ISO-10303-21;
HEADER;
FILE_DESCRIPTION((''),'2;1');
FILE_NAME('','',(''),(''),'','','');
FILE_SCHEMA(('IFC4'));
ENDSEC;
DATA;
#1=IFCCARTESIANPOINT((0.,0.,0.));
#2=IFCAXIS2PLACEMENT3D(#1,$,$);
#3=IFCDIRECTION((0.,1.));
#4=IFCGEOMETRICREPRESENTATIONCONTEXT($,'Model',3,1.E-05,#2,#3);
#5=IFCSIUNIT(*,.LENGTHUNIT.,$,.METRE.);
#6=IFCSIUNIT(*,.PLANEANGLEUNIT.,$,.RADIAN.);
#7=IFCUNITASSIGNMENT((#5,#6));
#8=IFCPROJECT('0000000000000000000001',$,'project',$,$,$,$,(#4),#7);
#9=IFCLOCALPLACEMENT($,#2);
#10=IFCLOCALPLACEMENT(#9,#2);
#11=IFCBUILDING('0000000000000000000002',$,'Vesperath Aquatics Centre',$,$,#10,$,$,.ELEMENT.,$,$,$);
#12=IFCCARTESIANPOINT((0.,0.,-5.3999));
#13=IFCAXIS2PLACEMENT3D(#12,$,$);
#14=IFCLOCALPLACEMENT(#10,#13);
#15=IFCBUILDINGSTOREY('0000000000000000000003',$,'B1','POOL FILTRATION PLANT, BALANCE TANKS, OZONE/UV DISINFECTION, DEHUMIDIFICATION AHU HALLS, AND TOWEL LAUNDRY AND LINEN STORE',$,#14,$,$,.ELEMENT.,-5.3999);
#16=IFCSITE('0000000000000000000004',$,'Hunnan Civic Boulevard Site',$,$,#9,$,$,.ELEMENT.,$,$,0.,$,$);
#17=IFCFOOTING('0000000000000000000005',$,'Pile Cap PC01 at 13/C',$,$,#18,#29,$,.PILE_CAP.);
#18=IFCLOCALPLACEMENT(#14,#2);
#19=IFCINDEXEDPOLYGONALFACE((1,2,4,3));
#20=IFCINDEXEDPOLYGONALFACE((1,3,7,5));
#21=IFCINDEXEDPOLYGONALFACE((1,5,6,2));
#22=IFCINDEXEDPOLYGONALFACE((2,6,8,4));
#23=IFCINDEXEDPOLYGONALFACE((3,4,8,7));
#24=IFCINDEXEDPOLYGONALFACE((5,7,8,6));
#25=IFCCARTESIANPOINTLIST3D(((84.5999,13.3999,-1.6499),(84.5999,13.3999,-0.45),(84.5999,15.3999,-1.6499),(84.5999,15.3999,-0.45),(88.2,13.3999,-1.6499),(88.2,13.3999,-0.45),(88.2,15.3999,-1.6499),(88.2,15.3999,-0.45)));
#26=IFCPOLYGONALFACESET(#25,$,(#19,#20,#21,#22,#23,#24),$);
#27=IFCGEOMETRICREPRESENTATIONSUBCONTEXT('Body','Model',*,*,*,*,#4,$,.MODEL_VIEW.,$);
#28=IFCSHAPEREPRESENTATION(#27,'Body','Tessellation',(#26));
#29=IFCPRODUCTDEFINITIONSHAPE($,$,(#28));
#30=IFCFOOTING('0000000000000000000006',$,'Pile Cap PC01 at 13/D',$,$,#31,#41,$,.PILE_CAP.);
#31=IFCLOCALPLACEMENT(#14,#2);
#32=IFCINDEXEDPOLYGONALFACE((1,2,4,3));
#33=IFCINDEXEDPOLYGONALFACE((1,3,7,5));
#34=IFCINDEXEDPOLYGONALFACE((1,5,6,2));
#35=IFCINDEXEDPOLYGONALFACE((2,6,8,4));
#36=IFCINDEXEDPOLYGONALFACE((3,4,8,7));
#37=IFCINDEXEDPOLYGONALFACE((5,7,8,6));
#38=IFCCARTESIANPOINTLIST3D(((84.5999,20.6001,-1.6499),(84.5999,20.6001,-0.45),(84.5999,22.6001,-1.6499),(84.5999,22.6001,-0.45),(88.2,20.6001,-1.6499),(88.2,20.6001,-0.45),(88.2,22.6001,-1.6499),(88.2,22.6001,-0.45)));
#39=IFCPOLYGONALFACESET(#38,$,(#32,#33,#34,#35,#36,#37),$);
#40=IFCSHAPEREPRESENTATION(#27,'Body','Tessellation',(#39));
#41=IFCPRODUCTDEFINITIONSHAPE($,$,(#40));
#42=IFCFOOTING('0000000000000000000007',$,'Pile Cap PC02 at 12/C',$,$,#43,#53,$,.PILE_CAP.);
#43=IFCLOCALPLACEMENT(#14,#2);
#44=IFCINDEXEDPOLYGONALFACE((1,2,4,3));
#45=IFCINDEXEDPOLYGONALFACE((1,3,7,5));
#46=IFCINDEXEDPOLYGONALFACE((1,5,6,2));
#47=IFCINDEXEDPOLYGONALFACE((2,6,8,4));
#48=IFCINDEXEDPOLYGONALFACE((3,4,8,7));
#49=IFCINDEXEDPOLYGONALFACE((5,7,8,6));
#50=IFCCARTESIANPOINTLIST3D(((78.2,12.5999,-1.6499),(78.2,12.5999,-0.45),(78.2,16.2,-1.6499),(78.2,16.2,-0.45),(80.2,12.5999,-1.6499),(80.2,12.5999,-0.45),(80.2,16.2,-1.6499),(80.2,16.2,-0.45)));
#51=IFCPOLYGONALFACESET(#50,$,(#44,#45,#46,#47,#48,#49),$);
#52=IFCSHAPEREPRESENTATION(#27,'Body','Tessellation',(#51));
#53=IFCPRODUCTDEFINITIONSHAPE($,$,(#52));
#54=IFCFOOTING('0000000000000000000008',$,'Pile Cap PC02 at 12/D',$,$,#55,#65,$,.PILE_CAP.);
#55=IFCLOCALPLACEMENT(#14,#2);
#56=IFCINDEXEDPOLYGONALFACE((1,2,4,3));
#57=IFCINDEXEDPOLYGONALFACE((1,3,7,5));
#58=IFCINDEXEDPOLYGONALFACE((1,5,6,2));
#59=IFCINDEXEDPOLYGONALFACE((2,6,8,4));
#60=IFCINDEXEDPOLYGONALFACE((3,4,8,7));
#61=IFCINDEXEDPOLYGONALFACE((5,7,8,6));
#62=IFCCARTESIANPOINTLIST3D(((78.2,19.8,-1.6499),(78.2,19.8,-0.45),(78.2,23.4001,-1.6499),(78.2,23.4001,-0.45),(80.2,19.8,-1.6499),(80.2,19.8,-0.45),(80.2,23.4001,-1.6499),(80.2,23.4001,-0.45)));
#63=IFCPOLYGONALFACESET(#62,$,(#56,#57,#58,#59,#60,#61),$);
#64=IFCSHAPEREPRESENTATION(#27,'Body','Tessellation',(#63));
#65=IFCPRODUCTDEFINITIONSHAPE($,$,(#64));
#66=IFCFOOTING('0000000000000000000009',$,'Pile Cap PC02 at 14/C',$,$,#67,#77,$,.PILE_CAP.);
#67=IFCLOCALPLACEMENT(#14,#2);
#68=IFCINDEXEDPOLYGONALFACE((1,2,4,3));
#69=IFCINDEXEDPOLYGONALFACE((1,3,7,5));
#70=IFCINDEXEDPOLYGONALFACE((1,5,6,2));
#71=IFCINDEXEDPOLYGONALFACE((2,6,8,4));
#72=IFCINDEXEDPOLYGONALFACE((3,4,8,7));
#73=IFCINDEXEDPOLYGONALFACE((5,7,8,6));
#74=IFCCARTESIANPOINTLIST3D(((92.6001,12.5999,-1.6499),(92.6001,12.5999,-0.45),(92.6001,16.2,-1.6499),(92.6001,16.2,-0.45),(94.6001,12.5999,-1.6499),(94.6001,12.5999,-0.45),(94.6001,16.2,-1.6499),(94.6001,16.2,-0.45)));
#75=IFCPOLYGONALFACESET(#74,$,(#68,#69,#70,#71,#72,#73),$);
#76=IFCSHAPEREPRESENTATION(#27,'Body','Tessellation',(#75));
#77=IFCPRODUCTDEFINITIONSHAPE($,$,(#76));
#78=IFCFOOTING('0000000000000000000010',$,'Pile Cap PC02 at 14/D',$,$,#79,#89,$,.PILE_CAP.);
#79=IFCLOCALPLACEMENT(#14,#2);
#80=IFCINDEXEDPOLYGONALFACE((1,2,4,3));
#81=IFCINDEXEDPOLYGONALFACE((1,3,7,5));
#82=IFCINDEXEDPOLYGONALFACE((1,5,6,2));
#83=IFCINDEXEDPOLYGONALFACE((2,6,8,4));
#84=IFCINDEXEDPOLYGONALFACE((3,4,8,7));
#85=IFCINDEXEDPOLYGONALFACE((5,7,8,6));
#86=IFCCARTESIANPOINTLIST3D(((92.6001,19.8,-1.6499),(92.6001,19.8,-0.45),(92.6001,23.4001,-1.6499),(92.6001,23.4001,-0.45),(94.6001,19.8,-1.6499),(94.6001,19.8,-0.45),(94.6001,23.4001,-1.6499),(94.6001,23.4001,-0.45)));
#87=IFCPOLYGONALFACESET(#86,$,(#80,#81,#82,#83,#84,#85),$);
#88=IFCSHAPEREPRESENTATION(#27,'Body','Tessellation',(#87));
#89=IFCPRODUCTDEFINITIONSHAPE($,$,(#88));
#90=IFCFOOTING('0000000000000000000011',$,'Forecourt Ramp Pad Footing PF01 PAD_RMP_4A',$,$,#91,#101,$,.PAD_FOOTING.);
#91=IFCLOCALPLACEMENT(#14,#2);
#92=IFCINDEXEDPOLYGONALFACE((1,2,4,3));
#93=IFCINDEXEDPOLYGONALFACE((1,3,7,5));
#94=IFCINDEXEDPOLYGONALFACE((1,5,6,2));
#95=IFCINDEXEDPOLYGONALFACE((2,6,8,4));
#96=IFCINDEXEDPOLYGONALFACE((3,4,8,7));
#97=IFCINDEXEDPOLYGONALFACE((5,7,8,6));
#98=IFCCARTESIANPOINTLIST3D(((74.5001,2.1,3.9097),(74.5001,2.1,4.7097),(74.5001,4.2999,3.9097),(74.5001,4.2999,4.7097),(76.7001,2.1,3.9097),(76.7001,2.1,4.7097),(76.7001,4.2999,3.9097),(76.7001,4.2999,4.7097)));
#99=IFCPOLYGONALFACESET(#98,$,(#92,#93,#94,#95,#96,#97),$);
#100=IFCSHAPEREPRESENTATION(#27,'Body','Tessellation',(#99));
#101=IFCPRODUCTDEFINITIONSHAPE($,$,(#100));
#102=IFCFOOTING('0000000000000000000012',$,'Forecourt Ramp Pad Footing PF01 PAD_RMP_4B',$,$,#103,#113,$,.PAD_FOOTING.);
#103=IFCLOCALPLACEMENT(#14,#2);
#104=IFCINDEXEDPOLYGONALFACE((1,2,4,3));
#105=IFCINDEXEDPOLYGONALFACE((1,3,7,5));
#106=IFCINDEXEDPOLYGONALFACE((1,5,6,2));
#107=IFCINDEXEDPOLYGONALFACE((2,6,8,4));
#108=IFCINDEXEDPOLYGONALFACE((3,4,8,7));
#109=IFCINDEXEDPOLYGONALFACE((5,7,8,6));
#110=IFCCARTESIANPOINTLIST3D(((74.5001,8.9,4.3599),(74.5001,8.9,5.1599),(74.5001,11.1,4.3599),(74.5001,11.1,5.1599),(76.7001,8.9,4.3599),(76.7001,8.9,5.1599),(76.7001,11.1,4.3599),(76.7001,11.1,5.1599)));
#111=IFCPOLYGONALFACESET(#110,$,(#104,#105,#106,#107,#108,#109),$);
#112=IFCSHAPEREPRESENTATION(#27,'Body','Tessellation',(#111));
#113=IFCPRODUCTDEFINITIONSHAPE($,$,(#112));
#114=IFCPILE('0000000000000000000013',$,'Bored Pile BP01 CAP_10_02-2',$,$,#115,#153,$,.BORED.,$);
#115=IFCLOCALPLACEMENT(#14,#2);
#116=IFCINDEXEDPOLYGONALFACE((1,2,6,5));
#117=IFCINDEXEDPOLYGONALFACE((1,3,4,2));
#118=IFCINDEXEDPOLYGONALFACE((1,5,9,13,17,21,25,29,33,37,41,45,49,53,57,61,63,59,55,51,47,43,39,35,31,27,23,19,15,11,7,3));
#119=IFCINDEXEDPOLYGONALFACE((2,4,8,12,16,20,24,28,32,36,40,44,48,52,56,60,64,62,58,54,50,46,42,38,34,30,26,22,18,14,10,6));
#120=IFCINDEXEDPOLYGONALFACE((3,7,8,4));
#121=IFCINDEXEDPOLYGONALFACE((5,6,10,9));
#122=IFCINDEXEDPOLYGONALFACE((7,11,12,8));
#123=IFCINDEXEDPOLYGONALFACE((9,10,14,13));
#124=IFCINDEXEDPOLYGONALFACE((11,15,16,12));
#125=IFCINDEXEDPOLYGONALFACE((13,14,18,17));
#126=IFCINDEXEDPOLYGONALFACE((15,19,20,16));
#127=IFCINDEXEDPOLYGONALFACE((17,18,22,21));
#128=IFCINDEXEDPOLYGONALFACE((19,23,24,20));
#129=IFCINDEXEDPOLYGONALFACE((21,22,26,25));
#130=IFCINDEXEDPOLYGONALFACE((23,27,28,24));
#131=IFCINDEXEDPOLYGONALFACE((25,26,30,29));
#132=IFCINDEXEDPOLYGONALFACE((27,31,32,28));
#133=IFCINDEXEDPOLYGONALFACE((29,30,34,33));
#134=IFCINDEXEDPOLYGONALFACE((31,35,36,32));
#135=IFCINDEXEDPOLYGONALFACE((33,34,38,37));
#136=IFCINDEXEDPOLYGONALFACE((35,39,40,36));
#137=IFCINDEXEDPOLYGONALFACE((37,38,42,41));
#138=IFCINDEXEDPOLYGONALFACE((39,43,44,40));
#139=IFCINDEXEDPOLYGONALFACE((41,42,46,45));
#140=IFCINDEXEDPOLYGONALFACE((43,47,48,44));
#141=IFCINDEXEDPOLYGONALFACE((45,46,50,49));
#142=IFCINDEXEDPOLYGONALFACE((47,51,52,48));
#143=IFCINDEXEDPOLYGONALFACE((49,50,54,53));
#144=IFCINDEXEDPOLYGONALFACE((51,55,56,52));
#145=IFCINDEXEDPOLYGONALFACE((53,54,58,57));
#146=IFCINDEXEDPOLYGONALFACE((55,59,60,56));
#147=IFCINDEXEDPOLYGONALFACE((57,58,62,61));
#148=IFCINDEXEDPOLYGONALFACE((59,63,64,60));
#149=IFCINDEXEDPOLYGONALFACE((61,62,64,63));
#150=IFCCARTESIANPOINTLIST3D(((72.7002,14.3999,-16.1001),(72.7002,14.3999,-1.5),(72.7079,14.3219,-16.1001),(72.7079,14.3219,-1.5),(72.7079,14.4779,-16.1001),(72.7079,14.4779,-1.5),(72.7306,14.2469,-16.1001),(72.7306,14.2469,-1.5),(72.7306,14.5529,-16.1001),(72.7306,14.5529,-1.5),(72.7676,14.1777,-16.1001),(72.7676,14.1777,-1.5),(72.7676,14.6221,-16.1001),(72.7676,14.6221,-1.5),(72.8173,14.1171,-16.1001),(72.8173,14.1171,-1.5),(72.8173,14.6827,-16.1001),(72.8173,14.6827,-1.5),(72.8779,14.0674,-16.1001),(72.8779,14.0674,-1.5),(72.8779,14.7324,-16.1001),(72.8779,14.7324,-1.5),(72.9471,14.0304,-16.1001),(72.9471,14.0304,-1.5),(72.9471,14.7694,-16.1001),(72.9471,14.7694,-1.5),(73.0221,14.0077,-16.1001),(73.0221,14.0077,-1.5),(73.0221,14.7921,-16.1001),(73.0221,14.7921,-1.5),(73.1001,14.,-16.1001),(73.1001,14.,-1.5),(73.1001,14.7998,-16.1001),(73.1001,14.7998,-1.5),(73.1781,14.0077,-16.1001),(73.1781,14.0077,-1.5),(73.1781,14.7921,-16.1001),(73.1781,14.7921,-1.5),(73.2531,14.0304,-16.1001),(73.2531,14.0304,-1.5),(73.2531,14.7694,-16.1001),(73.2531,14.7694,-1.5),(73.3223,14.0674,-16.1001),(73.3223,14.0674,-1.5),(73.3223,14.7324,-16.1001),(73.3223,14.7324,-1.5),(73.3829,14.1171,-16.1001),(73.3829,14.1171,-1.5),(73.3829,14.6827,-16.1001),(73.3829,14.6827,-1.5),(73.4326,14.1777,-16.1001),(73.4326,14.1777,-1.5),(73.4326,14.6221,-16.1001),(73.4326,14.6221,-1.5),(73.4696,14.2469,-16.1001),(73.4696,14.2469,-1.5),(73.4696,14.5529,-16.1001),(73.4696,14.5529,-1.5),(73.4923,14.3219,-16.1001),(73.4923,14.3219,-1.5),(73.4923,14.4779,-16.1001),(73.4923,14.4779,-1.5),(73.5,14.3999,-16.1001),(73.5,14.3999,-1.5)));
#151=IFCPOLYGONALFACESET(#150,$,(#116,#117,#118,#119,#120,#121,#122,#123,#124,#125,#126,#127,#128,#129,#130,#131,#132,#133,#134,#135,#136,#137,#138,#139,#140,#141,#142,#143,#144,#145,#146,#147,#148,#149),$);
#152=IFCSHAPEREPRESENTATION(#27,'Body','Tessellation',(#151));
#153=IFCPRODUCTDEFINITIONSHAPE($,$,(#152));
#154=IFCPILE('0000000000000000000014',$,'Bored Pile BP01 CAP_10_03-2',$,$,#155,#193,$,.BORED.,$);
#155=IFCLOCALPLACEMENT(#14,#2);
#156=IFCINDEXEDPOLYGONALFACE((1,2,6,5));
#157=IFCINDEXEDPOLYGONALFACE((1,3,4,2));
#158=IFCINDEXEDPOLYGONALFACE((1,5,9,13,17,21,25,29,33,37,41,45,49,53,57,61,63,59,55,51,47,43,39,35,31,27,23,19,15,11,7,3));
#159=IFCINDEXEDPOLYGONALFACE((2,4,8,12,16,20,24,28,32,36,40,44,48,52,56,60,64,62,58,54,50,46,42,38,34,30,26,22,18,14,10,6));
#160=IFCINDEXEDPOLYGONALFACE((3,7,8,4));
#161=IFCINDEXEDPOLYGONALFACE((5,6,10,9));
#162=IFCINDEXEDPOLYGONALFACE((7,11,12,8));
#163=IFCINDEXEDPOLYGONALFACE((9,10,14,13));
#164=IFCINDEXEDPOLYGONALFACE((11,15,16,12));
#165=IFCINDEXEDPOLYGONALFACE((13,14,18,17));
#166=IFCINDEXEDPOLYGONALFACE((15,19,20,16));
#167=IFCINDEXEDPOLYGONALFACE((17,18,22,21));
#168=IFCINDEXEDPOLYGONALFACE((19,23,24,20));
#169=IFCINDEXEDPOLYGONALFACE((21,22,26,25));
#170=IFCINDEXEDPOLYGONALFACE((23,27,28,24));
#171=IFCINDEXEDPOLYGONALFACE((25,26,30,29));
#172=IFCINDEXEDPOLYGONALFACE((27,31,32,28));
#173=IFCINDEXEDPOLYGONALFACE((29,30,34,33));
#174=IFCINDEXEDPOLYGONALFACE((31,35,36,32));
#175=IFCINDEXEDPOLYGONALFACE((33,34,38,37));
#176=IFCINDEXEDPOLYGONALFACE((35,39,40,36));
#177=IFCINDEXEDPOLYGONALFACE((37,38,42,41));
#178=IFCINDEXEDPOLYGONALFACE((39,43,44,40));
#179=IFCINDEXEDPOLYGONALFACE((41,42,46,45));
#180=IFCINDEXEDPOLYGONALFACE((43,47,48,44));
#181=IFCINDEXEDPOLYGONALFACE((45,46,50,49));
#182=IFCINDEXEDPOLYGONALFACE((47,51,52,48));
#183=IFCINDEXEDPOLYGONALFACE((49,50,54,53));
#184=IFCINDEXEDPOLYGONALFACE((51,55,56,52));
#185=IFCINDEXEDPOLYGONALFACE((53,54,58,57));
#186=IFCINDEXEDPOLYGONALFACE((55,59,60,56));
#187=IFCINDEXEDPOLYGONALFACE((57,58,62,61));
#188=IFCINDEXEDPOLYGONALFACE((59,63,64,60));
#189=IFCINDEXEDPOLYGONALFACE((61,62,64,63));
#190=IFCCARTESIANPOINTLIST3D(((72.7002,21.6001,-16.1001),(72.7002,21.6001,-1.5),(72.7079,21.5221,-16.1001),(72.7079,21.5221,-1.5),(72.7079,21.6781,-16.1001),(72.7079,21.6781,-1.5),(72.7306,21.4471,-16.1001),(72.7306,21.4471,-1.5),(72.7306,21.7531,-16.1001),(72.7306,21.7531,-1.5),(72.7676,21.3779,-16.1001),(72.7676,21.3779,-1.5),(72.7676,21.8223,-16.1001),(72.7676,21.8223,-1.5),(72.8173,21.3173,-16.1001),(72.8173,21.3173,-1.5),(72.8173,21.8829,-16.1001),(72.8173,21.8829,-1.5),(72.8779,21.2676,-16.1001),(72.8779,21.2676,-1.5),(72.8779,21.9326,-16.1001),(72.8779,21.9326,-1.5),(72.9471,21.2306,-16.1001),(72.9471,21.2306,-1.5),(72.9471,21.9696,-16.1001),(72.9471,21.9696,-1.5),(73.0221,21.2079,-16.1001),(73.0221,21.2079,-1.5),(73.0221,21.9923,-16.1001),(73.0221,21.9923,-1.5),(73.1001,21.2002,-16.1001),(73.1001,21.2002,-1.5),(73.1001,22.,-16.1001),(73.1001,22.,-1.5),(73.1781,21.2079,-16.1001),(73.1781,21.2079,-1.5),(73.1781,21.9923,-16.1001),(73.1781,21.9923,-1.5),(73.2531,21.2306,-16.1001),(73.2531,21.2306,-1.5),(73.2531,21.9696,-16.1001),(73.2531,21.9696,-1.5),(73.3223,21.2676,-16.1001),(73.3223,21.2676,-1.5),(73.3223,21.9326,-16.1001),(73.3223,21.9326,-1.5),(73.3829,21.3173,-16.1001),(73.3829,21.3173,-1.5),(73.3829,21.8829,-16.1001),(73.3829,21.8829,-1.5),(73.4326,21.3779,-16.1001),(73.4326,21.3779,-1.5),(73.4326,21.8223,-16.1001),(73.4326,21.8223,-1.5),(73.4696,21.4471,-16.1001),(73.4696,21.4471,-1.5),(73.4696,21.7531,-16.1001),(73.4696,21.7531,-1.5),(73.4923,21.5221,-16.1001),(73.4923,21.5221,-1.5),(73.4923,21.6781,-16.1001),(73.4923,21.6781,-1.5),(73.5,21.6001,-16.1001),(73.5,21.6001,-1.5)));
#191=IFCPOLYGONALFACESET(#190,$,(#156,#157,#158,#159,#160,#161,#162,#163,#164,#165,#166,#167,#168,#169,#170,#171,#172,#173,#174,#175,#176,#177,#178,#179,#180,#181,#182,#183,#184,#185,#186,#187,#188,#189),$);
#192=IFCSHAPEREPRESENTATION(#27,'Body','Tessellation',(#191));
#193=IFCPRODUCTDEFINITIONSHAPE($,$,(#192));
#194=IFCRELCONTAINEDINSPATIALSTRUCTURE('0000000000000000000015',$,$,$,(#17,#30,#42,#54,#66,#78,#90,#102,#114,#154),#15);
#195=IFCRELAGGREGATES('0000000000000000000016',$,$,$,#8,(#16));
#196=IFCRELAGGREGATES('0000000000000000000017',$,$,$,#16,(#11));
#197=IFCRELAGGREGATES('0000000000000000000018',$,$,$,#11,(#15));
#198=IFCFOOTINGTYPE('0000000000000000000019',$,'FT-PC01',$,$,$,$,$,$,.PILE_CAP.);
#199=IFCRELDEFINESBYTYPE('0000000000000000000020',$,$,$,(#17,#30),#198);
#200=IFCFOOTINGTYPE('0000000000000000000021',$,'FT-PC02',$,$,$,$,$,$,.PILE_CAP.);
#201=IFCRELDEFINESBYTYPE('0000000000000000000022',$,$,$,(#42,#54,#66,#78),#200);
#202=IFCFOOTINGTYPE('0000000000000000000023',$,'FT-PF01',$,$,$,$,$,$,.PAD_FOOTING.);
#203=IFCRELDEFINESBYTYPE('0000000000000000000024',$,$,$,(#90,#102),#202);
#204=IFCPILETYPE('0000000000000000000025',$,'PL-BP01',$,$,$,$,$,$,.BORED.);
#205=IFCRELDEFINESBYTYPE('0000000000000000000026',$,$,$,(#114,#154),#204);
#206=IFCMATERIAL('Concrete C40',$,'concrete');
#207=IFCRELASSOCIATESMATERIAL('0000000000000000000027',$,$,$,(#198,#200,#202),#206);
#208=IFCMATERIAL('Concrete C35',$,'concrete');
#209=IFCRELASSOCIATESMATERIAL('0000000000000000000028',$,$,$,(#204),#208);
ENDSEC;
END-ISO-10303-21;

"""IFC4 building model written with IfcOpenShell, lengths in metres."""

from ifc_helpers import new_model, si_unit, direction, frame, origin, origin_2d, place, context, subcontext, project, spatial, rectangle, circle, extrude, material, material_profile, profile_set, type_object, element, save


model = new_model("IFC4")

# Units and contexts
model_context = context("Model", 3, precision=1e-05, world=origin(), true_north=direction((0.0, 1.0)))
body_context = subcontext(model_context, "Body", "Model", "MODEL_VIEW")
ifc_project = project(units=[si_unit("LENGTHUNIT", "METRE"), si_unit("PLANEANGLEUNIT", "RADIAN")], contexts=[model_context])

# Site, building, storey
site_placement = place(None, origin())
site = spatial("IfcSite", under=ifc_project, at=site_placement, Name="Hunnan Civic Boulevard Site", CompositionType="ELEMENT", RefElevation=0.0)
building_placement = place(site_placement, origin())
building = spatial("IfcBuilding", under=site, at=building_placement, Name="Vesperath Aquatics Centre", CompositionType="ELEMENT")
storey_placement = place(building_placement, frame((0.0, 0.0, -5.3999)))
storey = spatial("IfcBuildingStorey", under=building, at=storey_placement, Name="B1", Description="POOL FILTRATION PLANT, BALANCE TANKS, OZONE/UV DISINFECTION, DEHUMIDIFICATION AHU HALLS, AND TOWEL LAUNDRY AND LINEN STORE", CompositionType="ELEMENT", Elevation=-5.3999)

# Footings
ifc_material_1 = material(Name="Concrete C40", Category="concrete")
footing_type_1 = type_object("IfcFootingType", Name="FT-PC01", PredefinedType="PILE_CAP", material=ifc_material_1)
for number, where, z_axis, x_axis, name in (
    (1, (86.3999, 14.3999, -1.6499), (0.0, 0.0, 1.0), (1.0, 0.0, 0.0), "Pile Cap PC01 at 13/C"),
    (2, (86.3999, 21.6001, -1.6499), (0.0, 0.0, 1.0), (1.0, 0.0, 0.0), "Pile Cap PC01 at 13/D"),
):
    element("IfcFooting", number, at=place(storey_placement, frame(where, z_axis=z_axis, x_axis=x_axis)), inside=storey, type_object=footing_type_1, Name=name, PredefinedType="PILE_CAP", context=body_context, shape_type="SweptSolid", body=[
        extrude(rectangle(XDim=3.6001, YDim=2.0, at=origin_2d()), origin(), (0.0, 0.0, 1.0), 1.2),
    ])
footing_type_2 = type_object("IfcFootingType", Name="FT-PC02", PredefinedType="PILE_CAP", material=ifc_material_1)
for number, where, z_axis, x_axis, name in (
    (3, (79.2, 14.3999, -1.6499), (0.0, 0.0, 1.0), (1.0, 0.0, 0.0), "Pile Cap PC02 at 12/C"),
    (4, (79.2, 21.6001, -1.6499), (0.0, 0.0, 1.0), (1.0, 0.0, 0.0), "Pile Cap PC02 at 12/D"),
    (5, (93.6001, 14.3999, -1.6499), (0.0, 0.0, 1.0), (1.0, 0.0, 0.0), "Pile Cap PC02 at 14/C"),
    (6, (93.6001, 21.6001, -1.6499), (0.0, 0.0, 1.0), (1.0, 0.0, 0.0), "Pile Cap PC02 at 14/D"),
):
    element("IfcFooting", number, at=place(storey_placement, frame(where, z_axis=z_axis, x_axis=x_axis)), inside=storey, type_object=footing_type_2, Name=name, PredefinedType="PILE_CAP", context=body_context, shape_type="SweptSolid", body=[
        extrude(rectangle(XDim=2.0, YDim=3.6001, at=origin_2d()), origin(), (0.0, 0.0, 1.0), 1.2),
    ])
footing_type_3 = type_object("IfcFootingType", Name="FT-PF01", PredefinedType="PAD_FOOTING", material=ifc_material_1)
for number, where, z_axis, x_axis, name in (
    (7, (75.6001, 3.2, 3.9097), (0.0, 0.0, 1.0), (1.0, 0.0, 0.0), "Forecourt Ramp Pad Footing PF01 PAD_RMP_4A"),
    (8, (75.6001, 10.0, 4.3599), (0.0, 0.0, 1.0), (1.0, 0.0, 0.0), "Forecourt Ramp Pad Footing PF01 PAD_RMP_4B"),
):
    element("IfcFooting", number, at=place(storey_placement, frame(where, z_axis=z_axis, x_axis=x_axis)), inside=storey, type_object=footing_type_3, Name=name, PredefinedType="PAD_FOOTING", context=body_context, shape_type="SweptSolid", body=[
        extrude(rectangle(XDim=2.2, YDim=2.2, at=origin_2d()), origin(), (0.0, 0.0, 1.0), 0.8),
    ])

# Piles
ifc_material_2 = material(Name="Concrete C35", Category="concrete")
ifc_material_profile_1 = material_profile(ifc_material_2, circle(Radius=0.3999, at=origin_2d()), Name="PILE D800")
ifc_profile_set_1 = profile_set([ifc_material_profile_1], Name="Concrete C35")
pile_type = type_object("IfcPileType", Name="PL-BP01", PredefinedType="BORED", material=ifc_profile_set_1)
for number, where, z_axis, x_axis, name in (
    (9, (73.1001, 14.3999, -1.5), (0.0, 0.0, -1.0), (1.0, 0.0, 0.0), "Bored Pile BP01 CAP_10_02-2"),
    (10, (73.1001, 21.6001, -1.5), (0.0, 0.0, -1.0), (1.0, 0.0, 0.0), "Bored Pile BP01 CAP_10_03-2"),
):
    element("IfcPile", number, at=place(storey_placement, frame(where, z_axis=z_axis, x_axis=x_axis)), inside=storey, type_object=pile_type, Name=name, PredefinedType="BORED", context=body_context, shape_type="SweptSolid", body=[
        extrude(circle(Radius=0.3999, at=origin_2d()), origin(), (0.0, 0.0, 1.0), 14.6001),
    ])

save(model, "model.ifc")
